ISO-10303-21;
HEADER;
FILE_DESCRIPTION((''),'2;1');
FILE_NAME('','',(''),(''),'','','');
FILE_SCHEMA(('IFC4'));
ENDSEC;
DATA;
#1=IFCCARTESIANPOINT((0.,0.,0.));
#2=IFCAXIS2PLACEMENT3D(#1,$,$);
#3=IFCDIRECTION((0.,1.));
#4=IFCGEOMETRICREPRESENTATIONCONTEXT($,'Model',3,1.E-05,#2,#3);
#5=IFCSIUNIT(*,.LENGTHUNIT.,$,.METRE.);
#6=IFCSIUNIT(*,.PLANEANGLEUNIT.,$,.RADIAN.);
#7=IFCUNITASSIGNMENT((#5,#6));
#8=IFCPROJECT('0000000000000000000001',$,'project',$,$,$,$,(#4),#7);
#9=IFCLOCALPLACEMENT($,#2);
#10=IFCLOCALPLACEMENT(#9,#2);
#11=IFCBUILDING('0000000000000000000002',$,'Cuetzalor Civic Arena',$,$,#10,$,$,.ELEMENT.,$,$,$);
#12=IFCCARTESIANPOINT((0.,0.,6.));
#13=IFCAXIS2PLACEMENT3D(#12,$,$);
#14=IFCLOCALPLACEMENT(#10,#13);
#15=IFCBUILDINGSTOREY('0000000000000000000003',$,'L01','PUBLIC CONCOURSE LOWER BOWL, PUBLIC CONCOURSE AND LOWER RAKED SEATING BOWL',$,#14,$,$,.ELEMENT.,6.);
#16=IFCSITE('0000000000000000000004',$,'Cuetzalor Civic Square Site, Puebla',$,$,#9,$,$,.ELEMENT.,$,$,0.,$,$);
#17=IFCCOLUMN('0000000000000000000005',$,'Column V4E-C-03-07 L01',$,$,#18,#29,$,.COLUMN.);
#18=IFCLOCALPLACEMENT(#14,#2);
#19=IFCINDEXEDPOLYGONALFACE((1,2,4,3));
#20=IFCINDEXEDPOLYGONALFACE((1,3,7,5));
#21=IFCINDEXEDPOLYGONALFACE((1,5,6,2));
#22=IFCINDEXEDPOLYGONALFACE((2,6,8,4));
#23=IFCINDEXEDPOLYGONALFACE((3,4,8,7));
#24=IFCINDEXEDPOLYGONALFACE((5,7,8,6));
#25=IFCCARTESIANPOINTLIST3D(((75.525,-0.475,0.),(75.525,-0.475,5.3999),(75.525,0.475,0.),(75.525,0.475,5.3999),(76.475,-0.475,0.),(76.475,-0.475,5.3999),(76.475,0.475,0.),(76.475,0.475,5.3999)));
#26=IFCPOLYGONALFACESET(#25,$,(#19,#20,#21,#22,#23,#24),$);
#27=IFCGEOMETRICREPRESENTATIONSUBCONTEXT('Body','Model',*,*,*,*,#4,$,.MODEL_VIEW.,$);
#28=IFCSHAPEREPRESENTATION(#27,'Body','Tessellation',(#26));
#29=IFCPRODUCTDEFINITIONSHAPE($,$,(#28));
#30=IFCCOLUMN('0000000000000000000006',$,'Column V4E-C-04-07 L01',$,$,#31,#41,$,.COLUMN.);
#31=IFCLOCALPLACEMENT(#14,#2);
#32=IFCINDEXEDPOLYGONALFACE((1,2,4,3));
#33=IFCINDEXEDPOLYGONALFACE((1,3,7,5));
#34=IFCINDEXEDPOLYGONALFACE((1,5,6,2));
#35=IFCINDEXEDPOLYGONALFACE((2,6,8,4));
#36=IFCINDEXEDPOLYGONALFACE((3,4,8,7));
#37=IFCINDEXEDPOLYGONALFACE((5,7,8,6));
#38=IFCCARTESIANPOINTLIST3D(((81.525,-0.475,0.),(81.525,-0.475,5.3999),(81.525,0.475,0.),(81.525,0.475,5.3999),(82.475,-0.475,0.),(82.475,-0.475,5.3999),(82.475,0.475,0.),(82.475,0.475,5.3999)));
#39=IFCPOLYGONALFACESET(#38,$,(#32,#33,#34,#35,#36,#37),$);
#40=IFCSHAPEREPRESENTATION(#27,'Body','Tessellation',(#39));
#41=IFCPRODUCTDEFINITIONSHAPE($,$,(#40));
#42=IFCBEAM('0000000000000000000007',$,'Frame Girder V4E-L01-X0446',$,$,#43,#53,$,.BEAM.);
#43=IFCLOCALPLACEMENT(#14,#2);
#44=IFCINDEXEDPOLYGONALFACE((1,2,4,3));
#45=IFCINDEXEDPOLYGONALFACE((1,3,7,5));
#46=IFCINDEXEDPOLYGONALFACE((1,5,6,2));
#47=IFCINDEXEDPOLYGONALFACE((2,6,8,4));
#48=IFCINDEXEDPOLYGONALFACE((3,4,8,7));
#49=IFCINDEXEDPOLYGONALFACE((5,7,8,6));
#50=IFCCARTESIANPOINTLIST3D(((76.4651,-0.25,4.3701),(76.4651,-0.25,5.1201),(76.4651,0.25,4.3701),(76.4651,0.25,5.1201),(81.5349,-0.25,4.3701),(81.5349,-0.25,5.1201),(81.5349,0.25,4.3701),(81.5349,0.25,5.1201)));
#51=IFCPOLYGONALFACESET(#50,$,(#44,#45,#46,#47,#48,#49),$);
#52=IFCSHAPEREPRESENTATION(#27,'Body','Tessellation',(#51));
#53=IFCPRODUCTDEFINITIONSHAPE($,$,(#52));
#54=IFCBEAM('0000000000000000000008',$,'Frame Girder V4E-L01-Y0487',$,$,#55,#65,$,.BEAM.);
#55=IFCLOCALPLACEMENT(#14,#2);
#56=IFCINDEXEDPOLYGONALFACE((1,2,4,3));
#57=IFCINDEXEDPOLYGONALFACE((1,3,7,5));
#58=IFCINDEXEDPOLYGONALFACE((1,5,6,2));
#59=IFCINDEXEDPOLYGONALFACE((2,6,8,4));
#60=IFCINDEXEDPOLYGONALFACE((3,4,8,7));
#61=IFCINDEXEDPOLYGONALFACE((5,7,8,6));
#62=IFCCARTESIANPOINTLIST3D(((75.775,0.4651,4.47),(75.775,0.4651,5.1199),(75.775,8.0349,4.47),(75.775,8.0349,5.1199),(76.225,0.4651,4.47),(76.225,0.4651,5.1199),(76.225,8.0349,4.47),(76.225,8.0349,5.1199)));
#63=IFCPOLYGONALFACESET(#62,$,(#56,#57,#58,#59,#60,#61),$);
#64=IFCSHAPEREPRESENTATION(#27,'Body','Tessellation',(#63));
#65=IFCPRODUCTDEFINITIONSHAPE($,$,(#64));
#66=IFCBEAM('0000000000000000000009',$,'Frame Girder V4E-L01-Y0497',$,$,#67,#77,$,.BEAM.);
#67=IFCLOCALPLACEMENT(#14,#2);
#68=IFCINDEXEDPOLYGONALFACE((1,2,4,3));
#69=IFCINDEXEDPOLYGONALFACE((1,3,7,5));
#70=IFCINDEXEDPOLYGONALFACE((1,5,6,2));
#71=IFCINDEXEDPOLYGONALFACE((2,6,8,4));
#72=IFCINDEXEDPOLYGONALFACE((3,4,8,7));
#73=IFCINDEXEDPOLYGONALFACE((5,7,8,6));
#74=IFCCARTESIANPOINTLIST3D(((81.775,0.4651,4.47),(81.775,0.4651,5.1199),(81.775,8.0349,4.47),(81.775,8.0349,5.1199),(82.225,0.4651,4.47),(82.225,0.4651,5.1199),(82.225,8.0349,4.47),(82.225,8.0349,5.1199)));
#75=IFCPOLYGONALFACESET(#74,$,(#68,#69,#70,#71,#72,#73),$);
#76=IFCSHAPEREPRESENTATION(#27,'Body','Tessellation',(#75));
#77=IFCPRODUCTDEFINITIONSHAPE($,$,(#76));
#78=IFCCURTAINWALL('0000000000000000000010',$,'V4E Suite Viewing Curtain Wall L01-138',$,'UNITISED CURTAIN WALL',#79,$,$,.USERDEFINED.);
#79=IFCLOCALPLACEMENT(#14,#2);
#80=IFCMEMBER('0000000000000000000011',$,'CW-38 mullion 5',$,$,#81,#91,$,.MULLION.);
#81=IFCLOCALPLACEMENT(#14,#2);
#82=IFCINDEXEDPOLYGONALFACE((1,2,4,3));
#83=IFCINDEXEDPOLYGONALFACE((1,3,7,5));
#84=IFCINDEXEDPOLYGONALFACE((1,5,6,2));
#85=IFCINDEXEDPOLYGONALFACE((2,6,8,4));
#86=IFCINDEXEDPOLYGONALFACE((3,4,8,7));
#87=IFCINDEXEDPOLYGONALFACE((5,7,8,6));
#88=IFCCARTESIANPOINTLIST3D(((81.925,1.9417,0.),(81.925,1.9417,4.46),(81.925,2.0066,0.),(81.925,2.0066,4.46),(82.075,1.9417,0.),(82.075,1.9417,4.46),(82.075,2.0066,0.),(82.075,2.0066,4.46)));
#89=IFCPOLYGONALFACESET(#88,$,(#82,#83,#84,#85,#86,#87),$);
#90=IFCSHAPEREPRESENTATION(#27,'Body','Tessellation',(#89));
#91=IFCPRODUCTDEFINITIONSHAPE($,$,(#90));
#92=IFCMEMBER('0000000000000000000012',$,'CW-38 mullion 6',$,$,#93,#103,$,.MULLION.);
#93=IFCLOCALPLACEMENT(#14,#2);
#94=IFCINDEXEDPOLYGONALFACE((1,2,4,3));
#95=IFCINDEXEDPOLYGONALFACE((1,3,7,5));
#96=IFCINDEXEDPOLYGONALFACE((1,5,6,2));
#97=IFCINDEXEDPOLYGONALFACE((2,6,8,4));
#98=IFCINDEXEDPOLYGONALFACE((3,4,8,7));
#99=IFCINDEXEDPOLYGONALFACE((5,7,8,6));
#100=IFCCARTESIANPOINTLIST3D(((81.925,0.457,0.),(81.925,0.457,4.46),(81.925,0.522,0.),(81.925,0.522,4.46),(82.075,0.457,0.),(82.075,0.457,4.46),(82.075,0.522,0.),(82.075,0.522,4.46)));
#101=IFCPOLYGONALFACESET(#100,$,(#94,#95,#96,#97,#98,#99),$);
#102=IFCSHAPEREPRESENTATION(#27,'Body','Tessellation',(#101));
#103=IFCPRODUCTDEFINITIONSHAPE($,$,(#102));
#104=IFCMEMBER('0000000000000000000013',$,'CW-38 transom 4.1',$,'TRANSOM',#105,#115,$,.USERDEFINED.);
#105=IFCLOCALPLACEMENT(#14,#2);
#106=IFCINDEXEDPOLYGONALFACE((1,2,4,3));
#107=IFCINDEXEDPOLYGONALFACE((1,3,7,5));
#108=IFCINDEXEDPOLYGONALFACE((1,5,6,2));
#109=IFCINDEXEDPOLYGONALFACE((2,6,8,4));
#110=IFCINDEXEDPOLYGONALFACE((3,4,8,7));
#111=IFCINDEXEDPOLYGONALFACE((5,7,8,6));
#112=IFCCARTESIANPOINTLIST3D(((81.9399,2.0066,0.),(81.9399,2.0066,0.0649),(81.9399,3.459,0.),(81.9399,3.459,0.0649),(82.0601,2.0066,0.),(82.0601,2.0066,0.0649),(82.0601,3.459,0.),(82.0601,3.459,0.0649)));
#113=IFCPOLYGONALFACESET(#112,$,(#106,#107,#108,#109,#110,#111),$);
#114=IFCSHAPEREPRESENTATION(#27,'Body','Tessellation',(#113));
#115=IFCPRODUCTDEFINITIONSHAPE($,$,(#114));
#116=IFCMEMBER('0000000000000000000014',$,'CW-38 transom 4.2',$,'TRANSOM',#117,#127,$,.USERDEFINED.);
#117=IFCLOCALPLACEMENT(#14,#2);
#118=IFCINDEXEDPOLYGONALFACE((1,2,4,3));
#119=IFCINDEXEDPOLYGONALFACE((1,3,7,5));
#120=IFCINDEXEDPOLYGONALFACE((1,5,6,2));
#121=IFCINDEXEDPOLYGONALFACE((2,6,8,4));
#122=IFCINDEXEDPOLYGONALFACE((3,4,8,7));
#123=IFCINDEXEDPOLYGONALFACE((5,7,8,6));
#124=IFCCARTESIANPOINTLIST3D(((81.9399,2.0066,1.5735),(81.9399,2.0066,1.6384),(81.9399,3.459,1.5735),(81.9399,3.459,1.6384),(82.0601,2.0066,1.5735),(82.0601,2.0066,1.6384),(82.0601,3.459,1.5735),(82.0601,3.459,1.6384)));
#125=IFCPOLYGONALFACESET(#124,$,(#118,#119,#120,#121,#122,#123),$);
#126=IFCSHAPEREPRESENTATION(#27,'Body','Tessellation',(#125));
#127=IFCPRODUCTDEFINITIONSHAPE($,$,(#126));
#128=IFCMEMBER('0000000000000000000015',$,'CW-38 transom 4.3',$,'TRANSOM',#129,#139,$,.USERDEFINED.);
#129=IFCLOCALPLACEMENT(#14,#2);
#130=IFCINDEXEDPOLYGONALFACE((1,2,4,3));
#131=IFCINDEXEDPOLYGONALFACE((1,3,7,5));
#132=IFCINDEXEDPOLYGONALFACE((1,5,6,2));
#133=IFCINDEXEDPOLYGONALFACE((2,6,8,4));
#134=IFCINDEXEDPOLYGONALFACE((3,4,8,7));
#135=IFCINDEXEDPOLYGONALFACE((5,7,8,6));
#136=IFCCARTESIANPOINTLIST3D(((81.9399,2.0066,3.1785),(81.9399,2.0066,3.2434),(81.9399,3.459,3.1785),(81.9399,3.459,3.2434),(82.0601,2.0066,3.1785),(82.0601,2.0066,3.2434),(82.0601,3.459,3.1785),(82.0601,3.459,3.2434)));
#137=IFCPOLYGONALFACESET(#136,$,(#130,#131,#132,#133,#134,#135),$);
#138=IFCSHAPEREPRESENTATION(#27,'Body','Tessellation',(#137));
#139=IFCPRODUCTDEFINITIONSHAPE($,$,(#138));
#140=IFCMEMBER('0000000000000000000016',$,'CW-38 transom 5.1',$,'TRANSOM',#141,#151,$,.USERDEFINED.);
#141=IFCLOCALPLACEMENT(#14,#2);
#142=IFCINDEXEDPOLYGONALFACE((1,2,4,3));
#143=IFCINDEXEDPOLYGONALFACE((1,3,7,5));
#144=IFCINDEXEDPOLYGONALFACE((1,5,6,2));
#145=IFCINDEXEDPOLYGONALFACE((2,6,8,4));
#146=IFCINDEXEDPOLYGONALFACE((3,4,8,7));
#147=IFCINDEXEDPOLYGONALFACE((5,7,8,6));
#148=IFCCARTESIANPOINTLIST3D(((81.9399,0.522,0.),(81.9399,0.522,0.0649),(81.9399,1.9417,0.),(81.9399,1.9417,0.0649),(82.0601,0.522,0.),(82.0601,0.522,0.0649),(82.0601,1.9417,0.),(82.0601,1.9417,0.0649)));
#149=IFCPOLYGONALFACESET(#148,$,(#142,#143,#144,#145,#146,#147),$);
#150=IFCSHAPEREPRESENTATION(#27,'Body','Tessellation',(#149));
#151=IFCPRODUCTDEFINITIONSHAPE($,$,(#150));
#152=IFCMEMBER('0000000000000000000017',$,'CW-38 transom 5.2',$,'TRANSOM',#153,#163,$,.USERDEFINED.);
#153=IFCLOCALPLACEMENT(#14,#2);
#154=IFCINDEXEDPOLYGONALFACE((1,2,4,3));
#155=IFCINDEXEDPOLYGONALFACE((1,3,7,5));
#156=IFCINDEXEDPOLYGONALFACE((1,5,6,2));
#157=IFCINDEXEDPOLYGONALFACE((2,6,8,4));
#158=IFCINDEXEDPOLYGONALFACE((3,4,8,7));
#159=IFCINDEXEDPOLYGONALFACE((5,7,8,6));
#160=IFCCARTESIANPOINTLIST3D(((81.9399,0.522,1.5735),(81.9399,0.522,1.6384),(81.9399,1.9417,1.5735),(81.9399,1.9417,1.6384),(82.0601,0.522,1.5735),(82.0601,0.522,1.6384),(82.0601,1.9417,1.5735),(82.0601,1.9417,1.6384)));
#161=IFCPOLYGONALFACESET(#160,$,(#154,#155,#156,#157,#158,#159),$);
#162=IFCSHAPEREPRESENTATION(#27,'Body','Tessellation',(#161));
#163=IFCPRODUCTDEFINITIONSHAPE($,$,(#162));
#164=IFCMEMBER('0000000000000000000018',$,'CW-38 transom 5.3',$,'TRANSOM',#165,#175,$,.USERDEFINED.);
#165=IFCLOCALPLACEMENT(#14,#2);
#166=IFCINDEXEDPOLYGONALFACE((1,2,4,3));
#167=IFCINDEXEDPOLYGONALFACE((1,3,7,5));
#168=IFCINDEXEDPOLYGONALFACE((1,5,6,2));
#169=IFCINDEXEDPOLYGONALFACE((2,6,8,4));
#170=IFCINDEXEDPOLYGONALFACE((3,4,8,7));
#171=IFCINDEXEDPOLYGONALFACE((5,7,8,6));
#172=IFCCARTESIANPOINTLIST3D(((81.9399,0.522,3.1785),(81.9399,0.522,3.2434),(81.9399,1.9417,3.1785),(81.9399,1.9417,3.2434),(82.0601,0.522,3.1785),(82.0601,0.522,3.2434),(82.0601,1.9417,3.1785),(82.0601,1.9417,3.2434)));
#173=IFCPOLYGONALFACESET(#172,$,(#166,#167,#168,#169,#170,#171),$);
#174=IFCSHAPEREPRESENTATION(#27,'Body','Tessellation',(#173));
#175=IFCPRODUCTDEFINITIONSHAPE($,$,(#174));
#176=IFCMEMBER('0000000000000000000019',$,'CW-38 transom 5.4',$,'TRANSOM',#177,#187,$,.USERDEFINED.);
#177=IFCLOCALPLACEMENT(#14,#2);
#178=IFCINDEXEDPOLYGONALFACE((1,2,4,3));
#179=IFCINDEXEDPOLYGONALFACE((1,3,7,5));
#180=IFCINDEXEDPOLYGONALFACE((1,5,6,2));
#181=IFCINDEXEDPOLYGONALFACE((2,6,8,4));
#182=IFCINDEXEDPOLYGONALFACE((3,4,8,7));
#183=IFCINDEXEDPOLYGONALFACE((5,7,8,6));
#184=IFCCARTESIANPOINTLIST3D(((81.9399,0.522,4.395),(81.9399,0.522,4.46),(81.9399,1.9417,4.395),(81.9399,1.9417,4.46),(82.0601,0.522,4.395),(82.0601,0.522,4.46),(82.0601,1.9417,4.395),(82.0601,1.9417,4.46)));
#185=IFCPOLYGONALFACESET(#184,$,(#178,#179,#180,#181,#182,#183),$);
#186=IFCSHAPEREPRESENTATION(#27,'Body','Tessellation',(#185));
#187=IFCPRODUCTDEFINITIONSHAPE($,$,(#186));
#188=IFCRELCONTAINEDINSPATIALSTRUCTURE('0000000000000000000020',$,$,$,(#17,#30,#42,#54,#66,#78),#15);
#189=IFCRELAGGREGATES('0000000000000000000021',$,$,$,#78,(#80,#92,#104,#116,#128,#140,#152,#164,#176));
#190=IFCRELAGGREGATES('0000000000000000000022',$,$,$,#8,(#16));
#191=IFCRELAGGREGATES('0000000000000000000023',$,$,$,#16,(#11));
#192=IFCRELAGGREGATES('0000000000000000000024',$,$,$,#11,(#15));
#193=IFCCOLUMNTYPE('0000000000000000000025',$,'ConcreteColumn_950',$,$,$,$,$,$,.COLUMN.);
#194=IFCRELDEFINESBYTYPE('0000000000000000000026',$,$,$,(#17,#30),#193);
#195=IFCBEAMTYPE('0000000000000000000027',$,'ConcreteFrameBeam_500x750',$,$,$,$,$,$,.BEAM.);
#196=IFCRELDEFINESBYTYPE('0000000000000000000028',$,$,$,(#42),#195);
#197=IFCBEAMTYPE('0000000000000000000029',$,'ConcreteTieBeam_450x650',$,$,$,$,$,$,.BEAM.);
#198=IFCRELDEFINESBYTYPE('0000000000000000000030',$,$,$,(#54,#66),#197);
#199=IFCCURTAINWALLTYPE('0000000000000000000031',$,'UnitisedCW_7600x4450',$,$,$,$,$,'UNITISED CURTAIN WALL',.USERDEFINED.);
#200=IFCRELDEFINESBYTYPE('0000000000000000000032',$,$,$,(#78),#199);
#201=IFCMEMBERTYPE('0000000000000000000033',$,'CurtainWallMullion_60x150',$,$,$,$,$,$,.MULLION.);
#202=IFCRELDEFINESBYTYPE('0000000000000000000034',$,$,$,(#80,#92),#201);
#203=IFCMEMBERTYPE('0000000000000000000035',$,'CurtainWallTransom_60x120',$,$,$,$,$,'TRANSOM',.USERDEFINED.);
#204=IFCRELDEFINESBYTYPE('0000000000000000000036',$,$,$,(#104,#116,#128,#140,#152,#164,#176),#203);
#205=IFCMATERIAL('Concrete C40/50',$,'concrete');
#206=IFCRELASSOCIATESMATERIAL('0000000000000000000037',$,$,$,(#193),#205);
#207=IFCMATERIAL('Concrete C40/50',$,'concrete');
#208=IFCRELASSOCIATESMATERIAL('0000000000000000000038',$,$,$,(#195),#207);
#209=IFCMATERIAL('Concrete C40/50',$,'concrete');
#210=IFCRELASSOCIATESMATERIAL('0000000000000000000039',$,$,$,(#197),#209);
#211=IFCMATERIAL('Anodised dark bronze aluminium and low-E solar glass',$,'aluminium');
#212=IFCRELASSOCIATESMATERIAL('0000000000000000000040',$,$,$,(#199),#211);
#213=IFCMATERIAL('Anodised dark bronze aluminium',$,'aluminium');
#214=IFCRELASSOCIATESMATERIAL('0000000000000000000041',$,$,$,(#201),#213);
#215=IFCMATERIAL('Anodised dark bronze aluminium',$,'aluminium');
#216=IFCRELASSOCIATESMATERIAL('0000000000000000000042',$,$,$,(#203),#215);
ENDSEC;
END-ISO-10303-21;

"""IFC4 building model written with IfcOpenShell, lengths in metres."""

from ifc_helpers import new_model, si_unit, direction, frame, origin, origin_2d, place, context, subcontext, project, spatial, rectangle, extrude, material, material_profile, profile_set, type_object, element, aggregate, save


model = new_model("IFC4")

# Units and contexts
model_context = context("Model", 3, precision=1e-05, world=origin(), true_north=direction((0.0, 1.0)))
body_context = subcontext(model_context, "Body", "Model", "MODEL_VIEW")
ifc_project = project(units=[si_unit("LENGTHUNIT", "METRE"), si_unit("PLANEANGLEUNIT", "RADIAN")], contexts=[model_context])

# Site, building, storey
site_placement = place(None, origin())
site = spatial("IfcSite", under=ifc_project, at=site_placement, Name="Cuetzalor Civic Square Site, Puebla", CompositionType="ELEMENT", RefElevation=0.0)
building_placement = place(site_placement, origin())
building = spatial("IfcBuilding", under=site, at=building_placement, Name="Cuetzalor Civic Arena", CompositionType="ELEMENT")
storey_placement = place(building_placement, frame((0.0, 0.0, 6.0)))
storey = spatial("IfcBuildingStorey", under=building, at=storey_placement, Name="L01", Description="PUBLIC CONCOURSE LOWER BOWL, PUBLIC CONCOURSE AND LOWER RAKED SEATING BOWL", CompositionType="ELEMENT", Elevation=6.0)

# Columns
ifc_material_1 = material(Name="Concrete C40/50", Category="concrete")
ifc_material_profile_1 = material_profile(ifc_material_1, rectangle(XDim=0.95, YDim=0.95, at=origin_2d()), Name="RC 950x950")
ifc_profile_set_1 = profile_set([ifc_material_profile_1], Name="Concrete C40/50")
column_type = type_object("IfcColumnType", Name="ConcreteColumn_950", PredefinedType="COLUMN", material=ifc_profile_set_1)
for number, where, z_axis, x_axis, name in (
    (1, (76.0, 0.0, 0.0), (0.0, 0.0, 1.0), (1.0, 0.0, 0.0), "Column V4E-C-03-07 L01"),
    (2, (82.0, 0.0, 0.0), (0.0, 0.0, 1.0), (1.0, 0.0, 0.0), "Column V4E-C-04-07 L01"),
):
    element("IfcColumn", number, at=place(storey_placement, frame(where, z_axis=z_axis, x_axis=x_axis)), inside=storey, type_object=column_type, Name=name, PredefinedType="COLUMN", context=body_context, shape_type="SweptSolid", body=[
        extrude(rectangle(XDim=0.95, YDim=0.95, at=origin_2d()), origin(), (0.0, 0.0, 1.0), 5.3999),
    ])

# Beams
ifc_material_2 = material(Name="Concrete C40/50", Category="concrete")
ifc_material_profile_2 = material_profile(ifc_material_2, rectangle(XDim=0.5, YDim=0.75, at=origin_2d()), Name="RC 500x750")
ifc_profile_set_2 = profile_set([ifc_material_profile_2], Name="Concrete C40/50")
beam_type_1 = type_object("IfcBeamType", Name="ConcreteFrameBeam_500x750", PredefinedType="BEAM", material=ifc_profile_set_2)
beam_1_placement = place(storey_placement, frame((76.4651, 0.0, 4.7451), z_axis=(1.0, 0.0, 0.0), x_axis=(0.0, 1.0, 0.0)))
element("IfcBeam", 3, at=beam_1_placement, inside=storey, type_object=beam_type_1, Name="Frame Girder V4E-L01-X0446", PredefinedType="BEAM", context=body_context, shape_type="SweptSolid", body=[
    extrude(rectangle(XDim=0.5, YDim=0.75, at=origin_2d()), origin(), (0.0, 0.0, 1.0), 5.0698),
])
ifc_material_3 = material(Name="Concrete C40/50", Category="concrete")
ifc_material_profile_3 = material_profile(ifc_material_3, rectangle(XDim=0.45, YDim=0.6499, at=origin_2d()), Name="RC 450x650")
ifc_profile_set_3 = profile_set([ifc_material_profile_3], Name="Concrete C40/50")
beam_type_2 = type_object("IfcBeamType", Name="ConcreteTieBeam_450x650", PredefinedType="BEAM", material=ifc_profile_set_3)
for number, where, z_axis, x_axis, name in (
    (4, (76.0, 0.4651, 4.7949), (0.0, 1.0, 0.0), (-1.0, 0.0, 0.0), "Frame Girder V4E-L01-Y0487"),
    (5, (82.0, 0.4651, 4.7949), (0.0, 1.0, 0.0), (-1.0, 0.0, 0.0), "Frame Girder V4E-L01-Y0497"),
):
    element("IfcBeam", number, at=place(storey_placement, frame(where, z_axis=z_axis, x_axis=x_axis)), inside=storey, type_object=beam_type_2, Name=name, PredefinedType="BEAM", context=body_context, shape_type="SweptSolid", body=[
        extrude(rectangle(XDim=0.45, YDim=0.6499, at=origin_2d()), origin(), (0.0, 0.0, 1.0), 7.5698),
    ])

# Curtain wall, members
ifc_material_4 = material(Name="Anodised dark bronze aluminium and low-E solar glass", Category="aluminium")
curtain_wall_type = type_object("IfcCurtainWallType", Name="UnitisedCW_7600x4450", ElementType="UNITISED CURTAIN WALL", PredefinedType="USERDEFINED", material=ifc_material_4)
curtain_wall_placement = place(storey_placement, origin())
curtain_wall = element("IfcCurtainWall", 6, at=curtain_wall_placement, inside=storey, type_object=curtain_wall_type, Name="V4E Suite Viewing Curtain Wall L01-138", ObjectType="UNITISED CURTAIN WALL", PredefinedType="USERDEFINED")
ifc_material_5 = material(Name="Anodised dark bronze aluminium", Category="aluminium")
ifc_material_profile_4 = material_profile(ifc_material_5, rectangle(XDim=0.0649, YDim=0.1499, at=origin_2d()), Name="ALU MULLION 65x150")
ifc_profile_set_4 = profile_set([ifc_material_profile_4], Name="Anodised dark bronze aluminium")
member_type_1 = type_object("IfcMemberType", Name="CurtainWallMullion_60x150", PredefinedType="MULLION", material=ifc_profile_set_4)
member_1_placement = place(storey_placement, frame((82.0, 1.9741, 0.0), z_axis=(0.0, 0.0, 1.0), x_axis=(0.0, -1.0, 0.0)))
member_1 = element("IfcMember", 7, at=member_1_placement, type_object=member_type_1, Name="CW-38 mullion 5", PredefinedType="MULLION", context=body_context, shape_type="SweptSolid", body=[
    extrude(rectangle(XDim=0.0649, YDim=0.1499, at=origin_2d()), origin(), (0.0, 0.0, 1.0), 4.46),
])
member_2_placement = place(storey_placement, frame((82.0, 0.4895, 0.0), z_axis=(0.0, 0.0, 1.0), x_axis=(0.0, -1.0, 0.0)))
member_2 = element("IfcMember", 8, at=member_2_placement, type_object=member_type_1, Name="CW-38 mullion 6", PredefinedType="MULLION", context=body_context, shape_type="SweptSolid", body=[
    extrude(rectangle(XDim=0.0649, YDim=0.1499, at=origin_2d()), origin(), (0.0, 0.0, 1.0), 4.46),
])
ifc_material_6 = material(Name="Anodised dark bronze aluminium", Category="aluminium")
ifc_material_profile_5 = material_profile(ifc_material_6, rectangle(XDim=0.1201, YDim=0.0649, at=origin_2d()), Name="ALU TRANSOM 65x120")
ifc_profile_set_5 = profile_set([ifc_material_profile_5], Name="Anodised dark bronze aluminium")
member_type_2 = type_object("IfcMemberType", Name="CurtainWallTransom_60x120", ElementType="TRANSOM", PredefinedType="USERDEFINED", material=ifc_profile_set_5)
member_3_placement = place(storey_placement, frame((82.0, 3.459, 0.0325), z_axis=(0.0, -1.0, 0.0), x_axis=(1.0, 0.0, 0.0)))
member_3 = element("IfcMember", 9, at=member_3_placement, type_object=member_type_2, Name="CW-38 transom 4.1", ObjectType="TRANSOM", PredefinedType="USERDEFINED", context=body_context, shape_type="SweptSolid", body=[
    extrude(rectangle(XDim=0.1201, YDim=0.0649, at=origin_2d()), origin(), (0.0, 0.0, 1.0), 1.4524),
])
member_4_placement = place(storey_placement, frame((82.0, 3.459, 1.606), z_axis=(0.0, -1.0, 0.0), x_axis=(1.0, 0.0, 0.0)))
member_4 = element("IfcMember", 10, at=member_4_placement, type_object=member_type_2, Name="CW-38 transom 4.2", ObjectType="TRANSOM", PredefinedType="USERDEFINED", context=body_context, shape_type="SweptSolid", body=[
    extrude(rectangle(XDim=0.1201, YDim=0.0649, at=origin_2d()), origin(), (0.0, 0.0, 1.0), 1.4524),
])
member_5_placement = place(storey_placement, frame((82.0, 3.459, 3.2109), z_axis=(0.0, -1.0, 0.0), x_axis=(1.0, 0.0, 0.0)))
member_5 = element("IfcMember", 11, at=member_5_placement, type_object=member_type_2, Name="CW-38 transom 4.3", ObjectType="TRANSOM", PredefinedType="USERDEFINED", context=body_context, shape_type="SweptSolid", body=[
    extrude(rectangle(XDim=0.1201, YDim=0.0649, at=origin_2d()), origin(), (0.0, 0.0, 1.0), 1.4524),
])
member_6_placement = place(storey_placement, frame((82.0, 1.9417, 0.0325), z_axis=(0.0, -1.0, 0.0), x_axis=(1.0, 0.0, 0.0)))
member_6 = element("IfcMember", 12, at=member_6_placement, type_object=member_type_2, Name="CW-38 transom 5.1", ObjectType="TRANSOM", PredefinedType="USERDEFINED", context=body_context, shape_type="SweptSolid", body=[
    extrude(rectangle(XDim=0.1201, YDim=0.0649, at=origin_2d()), origin(), (0.0, 0.0, 1.0), 1.4197),
])
member_7_placement = place(storey_placement, frame((82.0, 1.9417, 1.606), z_axis=(0.0, -1.0, 0.0), x_axis=(1.0, 0.0, 0.0)))
member_7 = element("IfcMember", 13, at=member_7_placement, type_object=member_type_2, Name="CW-38 transom 5.2", ObjectType="TRANSOM", PredefinedType="USERDEFINED", context=body_context, shape_type="SweptSolid", body=[
    extrude(rectangle(XDim=0.1201, YDim=0.0649, at=origin_2d()), origin(), (0.0, 0.0, 1.0), 1.4197),
])
member_8_placement = place(storey_placement, frame((82.0, 1.9417, 3.2109), z_axis=(0.0, -1.0, 0.0), x_axis=(1.0, 0.0, 0.0)))
member_8 = element("IfcMember", 14, at=member_8_placement, type_object=member_type_2, Name="CW-38 transom 5.3", ObjectType="TRANSOM", PredefinedType="USERDEFINED", context=body_context, shape_type="SweptSolid", body=[
    extrude(rectangle(XDim=0.1201, YDim=0.0649, at=origin_2d()), origin(), (0.0, 0.0, 1.0), 1.4197),
])
member_9_placement = place(storey_placement, frame((82.0, 1.9417, 4.4275), z_axis=(0.0, -1.0, 0.0), x_axis=(1.0, 0.0, 0.0)))
member_9 = element("IfcMember", 15, at=member_9_placement, type_object=member_type_2, Name="CW-38 transom 5.4", ObjectType="TRANSOM", PredefinedType="USERDEFINED", context=body_context, shape_type="SweptSolid", body=[
    extrude(rectangle(XDim=0.1201, YDim=0.0649, at=origin_2d()), origin(), (0.0, 0.0, 1.0), 1.4197),
])

aggregate(curtain_wall, [member_1, member_2, member_3, member_4, member_5, member_6, member_7, member_8, member_9])

save(model, "model.ifc")
